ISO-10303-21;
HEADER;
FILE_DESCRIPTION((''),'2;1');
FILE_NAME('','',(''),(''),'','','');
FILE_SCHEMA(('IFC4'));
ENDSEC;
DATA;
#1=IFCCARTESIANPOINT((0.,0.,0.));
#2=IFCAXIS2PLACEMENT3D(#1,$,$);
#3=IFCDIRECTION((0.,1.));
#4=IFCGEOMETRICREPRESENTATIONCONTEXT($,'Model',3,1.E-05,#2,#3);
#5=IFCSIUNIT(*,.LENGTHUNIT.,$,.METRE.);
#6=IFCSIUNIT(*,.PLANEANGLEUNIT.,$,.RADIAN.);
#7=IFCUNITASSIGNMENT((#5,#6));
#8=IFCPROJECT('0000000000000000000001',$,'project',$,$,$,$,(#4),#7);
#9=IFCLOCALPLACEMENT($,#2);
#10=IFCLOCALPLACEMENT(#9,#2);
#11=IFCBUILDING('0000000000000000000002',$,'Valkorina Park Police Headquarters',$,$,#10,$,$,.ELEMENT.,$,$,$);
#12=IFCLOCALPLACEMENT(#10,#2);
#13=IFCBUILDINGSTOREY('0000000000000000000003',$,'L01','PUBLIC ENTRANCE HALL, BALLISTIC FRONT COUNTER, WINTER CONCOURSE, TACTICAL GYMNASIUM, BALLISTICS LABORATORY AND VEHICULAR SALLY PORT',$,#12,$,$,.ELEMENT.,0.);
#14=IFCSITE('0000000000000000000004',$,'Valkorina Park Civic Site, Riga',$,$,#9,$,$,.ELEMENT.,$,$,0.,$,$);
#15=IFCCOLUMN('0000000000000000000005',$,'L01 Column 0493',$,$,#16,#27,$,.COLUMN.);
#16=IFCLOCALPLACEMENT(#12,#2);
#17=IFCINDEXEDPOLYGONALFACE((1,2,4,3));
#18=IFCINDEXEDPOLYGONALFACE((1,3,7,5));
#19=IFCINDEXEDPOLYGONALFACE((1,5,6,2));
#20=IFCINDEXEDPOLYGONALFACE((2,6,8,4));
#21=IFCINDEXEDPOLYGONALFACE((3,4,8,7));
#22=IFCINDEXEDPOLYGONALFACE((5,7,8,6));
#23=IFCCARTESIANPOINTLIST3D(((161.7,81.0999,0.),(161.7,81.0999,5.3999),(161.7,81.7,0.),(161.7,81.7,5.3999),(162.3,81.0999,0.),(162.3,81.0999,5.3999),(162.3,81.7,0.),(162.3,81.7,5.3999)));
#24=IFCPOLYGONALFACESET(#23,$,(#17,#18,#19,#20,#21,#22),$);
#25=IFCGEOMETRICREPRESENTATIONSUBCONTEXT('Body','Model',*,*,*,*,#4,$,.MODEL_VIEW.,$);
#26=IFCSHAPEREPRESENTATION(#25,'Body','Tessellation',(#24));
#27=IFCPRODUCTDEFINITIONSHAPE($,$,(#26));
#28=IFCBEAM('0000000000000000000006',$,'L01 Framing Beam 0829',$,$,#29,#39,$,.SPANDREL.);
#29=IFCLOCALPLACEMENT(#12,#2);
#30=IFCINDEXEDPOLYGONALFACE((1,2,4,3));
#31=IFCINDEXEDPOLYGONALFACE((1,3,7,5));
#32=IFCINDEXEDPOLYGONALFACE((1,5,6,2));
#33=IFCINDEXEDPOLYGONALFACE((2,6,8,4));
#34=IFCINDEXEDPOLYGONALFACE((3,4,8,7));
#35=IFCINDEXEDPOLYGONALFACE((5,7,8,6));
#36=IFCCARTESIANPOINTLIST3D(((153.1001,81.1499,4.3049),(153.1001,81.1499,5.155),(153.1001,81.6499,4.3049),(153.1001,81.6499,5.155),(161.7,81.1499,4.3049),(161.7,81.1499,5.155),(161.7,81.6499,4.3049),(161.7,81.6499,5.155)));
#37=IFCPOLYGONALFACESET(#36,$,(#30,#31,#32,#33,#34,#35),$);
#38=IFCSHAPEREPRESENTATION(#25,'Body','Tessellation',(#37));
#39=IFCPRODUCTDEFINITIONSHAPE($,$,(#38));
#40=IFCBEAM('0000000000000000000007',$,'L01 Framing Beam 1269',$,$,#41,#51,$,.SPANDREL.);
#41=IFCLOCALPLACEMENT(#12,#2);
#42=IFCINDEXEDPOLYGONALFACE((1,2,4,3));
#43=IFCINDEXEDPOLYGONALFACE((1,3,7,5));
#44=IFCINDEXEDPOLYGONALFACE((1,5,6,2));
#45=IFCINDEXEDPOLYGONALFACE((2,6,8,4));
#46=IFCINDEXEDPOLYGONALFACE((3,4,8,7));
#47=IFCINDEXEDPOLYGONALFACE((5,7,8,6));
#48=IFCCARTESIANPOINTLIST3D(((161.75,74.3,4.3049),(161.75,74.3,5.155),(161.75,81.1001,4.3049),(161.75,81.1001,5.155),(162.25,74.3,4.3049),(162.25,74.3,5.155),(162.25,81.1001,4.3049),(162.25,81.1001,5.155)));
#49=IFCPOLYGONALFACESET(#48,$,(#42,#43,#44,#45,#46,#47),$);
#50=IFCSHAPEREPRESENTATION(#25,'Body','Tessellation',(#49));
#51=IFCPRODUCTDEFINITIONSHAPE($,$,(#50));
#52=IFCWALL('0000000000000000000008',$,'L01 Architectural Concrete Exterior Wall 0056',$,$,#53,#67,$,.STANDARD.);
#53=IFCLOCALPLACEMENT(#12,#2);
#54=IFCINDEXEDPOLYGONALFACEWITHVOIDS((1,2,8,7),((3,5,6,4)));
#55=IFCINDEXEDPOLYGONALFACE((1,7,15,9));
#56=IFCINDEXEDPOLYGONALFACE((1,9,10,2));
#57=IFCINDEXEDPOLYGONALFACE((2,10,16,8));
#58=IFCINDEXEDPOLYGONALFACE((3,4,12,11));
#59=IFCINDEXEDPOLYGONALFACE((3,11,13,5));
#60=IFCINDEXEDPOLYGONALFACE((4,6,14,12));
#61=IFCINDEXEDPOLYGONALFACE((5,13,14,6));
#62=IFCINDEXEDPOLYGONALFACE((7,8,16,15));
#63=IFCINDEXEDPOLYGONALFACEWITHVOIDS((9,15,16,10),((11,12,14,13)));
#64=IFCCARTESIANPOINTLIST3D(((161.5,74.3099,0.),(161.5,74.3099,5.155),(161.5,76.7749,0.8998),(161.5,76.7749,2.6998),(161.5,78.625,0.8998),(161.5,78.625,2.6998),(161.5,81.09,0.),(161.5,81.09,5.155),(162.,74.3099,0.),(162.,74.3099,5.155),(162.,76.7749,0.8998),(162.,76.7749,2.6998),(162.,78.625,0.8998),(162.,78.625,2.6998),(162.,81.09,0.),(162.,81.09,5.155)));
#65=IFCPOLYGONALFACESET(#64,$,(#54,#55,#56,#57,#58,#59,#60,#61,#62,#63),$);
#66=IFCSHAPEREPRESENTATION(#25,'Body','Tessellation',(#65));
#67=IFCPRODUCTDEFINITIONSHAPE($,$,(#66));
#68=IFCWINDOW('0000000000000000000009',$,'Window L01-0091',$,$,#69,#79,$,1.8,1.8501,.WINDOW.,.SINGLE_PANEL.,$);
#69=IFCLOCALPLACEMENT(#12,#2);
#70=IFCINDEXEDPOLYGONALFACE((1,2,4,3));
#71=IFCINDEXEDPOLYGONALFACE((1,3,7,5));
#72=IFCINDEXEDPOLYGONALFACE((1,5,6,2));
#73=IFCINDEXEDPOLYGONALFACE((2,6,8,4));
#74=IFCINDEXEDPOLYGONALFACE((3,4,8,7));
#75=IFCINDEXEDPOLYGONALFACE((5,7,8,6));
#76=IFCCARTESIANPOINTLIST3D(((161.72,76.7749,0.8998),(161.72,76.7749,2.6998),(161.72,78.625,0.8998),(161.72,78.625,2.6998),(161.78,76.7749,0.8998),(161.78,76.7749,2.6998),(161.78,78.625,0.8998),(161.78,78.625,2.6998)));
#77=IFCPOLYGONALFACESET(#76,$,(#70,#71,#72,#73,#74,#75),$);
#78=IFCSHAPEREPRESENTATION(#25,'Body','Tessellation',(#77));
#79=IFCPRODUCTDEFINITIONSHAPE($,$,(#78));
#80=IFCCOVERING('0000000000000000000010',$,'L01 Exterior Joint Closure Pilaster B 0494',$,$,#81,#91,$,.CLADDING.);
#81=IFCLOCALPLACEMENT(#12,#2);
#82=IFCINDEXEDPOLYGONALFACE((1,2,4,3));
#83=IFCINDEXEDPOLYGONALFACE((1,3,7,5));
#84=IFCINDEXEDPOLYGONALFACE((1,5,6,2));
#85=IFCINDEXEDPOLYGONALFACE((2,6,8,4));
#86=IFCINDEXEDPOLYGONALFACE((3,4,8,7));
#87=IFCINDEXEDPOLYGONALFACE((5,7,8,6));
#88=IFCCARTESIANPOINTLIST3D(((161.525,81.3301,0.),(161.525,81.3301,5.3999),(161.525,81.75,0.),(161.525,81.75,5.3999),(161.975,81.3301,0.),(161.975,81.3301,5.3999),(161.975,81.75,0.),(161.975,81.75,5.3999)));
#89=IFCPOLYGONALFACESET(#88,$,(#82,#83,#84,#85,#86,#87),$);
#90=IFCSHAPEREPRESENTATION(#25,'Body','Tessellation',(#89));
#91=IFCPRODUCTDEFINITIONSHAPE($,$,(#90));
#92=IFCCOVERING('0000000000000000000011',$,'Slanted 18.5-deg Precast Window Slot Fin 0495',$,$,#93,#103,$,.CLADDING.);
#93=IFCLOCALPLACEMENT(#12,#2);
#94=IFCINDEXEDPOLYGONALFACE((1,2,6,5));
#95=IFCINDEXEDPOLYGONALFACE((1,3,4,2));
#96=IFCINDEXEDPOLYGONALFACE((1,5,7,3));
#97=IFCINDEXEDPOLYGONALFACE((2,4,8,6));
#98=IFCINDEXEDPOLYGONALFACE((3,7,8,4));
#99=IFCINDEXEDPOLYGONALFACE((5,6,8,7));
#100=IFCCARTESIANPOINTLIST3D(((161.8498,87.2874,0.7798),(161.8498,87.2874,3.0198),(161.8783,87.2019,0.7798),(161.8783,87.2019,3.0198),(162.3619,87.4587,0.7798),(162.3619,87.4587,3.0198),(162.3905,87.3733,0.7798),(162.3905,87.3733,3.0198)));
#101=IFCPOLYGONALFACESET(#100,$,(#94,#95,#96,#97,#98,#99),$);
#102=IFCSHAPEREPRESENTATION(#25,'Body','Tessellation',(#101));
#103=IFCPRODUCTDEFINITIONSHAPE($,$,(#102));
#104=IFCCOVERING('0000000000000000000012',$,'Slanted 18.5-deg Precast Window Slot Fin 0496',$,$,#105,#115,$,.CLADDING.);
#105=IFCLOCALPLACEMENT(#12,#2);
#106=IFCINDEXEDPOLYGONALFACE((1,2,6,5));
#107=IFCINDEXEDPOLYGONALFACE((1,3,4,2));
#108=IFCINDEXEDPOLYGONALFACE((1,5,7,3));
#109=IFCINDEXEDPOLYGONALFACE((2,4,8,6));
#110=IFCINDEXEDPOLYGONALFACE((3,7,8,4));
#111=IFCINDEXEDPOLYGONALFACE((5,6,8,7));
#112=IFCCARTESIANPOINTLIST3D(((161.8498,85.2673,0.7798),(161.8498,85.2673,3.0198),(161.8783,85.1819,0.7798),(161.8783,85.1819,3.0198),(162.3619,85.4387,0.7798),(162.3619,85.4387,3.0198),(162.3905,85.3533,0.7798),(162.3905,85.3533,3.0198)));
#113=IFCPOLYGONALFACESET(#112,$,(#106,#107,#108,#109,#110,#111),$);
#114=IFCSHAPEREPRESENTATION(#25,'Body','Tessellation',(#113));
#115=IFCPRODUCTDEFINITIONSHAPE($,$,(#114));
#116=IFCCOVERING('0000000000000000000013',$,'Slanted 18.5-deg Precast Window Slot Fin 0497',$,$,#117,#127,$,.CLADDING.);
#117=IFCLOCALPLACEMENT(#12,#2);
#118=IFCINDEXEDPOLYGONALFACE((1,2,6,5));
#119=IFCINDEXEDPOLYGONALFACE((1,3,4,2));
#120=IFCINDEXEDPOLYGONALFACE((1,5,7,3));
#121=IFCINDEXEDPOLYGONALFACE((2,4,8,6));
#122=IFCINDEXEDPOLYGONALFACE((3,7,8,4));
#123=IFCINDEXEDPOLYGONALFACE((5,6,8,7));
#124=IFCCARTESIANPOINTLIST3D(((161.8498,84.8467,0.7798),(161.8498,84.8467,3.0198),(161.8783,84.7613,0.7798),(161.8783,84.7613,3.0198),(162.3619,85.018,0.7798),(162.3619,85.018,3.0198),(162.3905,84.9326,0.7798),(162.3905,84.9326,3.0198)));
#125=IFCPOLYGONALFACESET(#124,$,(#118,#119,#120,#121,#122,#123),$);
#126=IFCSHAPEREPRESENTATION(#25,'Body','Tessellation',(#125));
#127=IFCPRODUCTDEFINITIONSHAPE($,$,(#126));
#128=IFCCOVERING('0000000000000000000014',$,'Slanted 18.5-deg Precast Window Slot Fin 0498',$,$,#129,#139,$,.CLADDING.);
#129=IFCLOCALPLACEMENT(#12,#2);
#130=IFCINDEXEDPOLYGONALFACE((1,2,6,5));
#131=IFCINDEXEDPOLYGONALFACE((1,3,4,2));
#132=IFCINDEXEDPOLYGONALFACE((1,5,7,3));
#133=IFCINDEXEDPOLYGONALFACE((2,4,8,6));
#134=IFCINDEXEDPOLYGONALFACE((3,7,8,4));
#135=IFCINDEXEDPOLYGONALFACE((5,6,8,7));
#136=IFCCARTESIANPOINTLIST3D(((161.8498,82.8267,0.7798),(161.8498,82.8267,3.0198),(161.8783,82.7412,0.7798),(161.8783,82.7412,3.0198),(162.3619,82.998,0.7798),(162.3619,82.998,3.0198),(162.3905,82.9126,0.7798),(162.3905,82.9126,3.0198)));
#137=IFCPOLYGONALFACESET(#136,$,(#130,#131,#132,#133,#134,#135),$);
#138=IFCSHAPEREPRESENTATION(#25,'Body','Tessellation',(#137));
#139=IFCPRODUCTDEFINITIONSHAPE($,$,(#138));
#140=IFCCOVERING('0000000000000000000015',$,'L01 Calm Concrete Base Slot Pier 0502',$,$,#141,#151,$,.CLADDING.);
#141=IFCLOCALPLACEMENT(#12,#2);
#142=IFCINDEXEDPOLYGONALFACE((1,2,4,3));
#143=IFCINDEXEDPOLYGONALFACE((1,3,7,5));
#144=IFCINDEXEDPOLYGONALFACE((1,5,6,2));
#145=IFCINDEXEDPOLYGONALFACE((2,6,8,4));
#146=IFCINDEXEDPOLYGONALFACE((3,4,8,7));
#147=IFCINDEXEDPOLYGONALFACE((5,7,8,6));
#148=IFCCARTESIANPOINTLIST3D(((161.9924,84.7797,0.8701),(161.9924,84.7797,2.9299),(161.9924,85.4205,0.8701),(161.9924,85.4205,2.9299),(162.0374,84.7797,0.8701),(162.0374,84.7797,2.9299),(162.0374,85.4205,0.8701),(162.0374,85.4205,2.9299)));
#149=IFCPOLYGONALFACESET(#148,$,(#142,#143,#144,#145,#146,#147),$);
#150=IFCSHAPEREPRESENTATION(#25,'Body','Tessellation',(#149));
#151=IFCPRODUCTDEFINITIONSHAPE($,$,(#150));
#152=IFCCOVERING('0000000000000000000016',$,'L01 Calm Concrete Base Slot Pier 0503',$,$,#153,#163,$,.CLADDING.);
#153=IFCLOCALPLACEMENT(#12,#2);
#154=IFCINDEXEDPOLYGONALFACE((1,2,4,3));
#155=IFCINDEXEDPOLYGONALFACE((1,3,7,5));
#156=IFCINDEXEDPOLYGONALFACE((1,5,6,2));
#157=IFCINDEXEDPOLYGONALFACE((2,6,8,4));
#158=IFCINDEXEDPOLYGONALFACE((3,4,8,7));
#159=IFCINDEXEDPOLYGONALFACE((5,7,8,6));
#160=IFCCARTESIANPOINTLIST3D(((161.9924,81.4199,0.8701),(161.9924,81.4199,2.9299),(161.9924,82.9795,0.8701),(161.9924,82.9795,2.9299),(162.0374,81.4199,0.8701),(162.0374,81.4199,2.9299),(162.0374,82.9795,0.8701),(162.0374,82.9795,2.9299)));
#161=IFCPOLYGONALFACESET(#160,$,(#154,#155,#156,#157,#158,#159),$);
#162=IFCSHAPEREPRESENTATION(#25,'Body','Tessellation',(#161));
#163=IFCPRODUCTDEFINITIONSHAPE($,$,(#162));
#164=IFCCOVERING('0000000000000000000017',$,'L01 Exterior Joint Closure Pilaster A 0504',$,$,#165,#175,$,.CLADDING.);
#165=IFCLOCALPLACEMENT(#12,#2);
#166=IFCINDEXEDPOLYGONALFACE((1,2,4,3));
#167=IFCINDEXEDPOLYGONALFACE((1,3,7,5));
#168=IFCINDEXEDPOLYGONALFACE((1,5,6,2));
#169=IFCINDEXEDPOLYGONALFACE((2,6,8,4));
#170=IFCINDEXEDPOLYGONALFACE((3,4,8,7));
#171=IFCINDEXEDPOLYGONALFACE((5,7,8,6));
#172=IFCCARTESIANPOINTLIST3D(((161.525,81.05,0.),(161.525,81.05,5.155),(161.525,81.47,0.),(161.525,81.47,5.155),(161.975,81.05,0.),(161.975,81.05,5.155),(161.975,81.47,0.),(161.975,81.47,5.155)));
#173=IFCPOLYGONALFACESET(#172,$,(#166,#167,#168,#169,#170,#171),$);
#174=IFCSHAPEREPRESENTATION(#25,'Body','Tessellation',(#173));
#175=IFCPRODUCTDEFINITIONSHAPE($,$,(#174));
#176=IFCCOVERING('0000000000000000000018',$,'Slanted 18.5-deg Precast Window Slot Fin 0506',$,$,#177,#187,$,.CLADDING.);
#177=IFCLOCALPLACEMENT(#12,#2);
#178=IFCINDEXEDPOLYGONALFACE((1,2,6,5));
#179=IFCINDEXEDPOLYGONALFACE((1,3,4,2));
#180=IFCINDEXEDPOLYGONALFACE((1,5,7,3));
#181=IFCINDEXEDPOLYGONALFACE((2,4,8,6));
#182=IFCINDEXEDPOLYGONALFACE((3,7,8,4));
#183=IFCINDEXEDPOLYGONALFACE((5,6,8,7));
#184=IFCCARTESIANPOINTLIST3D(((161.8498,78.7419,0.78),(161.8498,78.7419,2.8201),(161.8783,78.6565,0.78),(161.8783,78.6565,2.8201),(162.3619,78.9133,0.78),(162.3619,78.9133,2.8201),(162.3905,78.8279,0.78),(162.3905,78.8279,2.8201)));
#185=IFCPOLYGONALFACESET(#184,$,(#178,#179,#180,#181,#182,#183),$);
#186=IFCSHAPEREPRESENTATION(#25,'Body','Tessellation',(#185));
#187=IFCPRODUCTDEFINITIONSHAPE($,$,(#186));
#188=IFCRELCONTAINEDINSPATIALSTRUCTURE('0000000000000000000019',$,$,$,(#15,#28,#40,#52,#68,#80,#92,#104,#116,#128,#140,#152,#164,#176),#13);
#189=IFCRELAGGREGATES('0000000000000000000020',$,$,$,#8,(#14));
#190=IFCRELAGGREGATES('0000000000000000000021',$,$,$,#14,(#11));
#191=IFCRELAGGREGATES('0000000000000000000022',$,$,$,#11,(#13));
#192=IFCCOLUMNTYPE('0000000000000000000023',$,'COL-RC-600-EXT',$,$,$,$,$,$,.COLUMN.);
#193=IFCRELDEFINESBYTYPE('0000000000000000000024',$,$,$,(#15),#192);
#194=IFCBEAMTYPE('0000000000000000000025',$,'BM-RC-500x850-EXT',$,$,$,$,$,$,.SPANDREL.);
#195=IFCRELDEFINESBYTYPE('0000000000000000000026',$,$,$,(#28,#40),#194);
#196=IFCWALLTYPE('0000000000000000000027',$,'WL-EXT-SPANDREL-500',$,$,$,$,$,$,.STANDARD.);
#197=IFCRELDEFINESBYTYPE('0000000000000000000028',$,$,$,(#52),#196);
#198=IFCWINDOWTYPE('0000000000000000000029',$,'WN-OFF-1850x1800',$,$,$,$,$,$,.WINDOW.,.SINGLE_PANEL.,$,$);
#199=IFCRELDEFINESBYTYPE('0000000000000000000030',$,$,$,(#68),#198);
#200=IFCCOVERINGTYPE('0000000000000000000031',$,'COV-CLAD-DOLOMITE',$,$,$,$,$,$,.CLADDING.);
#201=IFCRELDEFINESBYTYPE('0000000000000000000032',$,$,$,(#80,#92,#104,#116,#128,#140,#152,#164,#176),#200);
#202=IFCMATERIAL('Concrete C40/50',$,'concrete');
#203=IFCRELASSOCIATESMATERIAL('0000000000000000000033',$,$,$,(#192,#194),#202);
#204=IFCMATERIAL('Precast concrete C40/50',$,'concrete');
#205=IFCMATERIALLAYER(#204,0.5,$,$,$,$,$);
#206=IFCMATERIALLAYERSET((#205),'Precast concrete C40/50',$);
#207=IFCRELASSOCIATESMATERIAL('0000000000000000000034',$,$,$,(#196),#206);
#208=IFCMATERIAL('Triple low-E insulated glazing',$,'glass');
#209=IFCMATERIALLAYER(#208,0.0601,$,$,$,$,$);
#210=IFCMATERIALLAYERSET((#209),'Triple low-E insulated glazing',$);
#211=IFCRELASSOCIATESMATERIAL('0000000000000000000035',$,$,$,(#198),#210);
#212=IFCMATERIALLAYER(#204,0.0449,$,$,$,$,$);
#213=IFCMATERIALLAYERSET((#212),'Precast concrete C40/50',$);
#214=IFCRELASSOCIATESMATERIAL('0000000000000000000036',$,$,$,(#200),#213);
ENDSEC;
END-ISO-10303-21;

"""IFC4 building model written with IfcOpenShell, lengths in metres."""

from ifc_helpers import new_model, si_unit, direction, frame, frame_2d, origin, origin_2d, place, context, subcontext, project, spatial, rectangle, extrude, material, layer, layer_set, material_profile, profile_set, type_object, element, fill, save


model = new_model("IFC4")

# Units and contexts
model_context = context("Model", 3, precision=1e-05, world=origin(), true_north=direction((0.0, 1.0)))
body_context = subcontext(model_context, "Body", "Model", "MODEL_VIEW")
ifc_project = project(units=[si_unit("LENGTHUNIT", "METRE"), si_unit("PLANEANGLEUNIT", "RADIAN")], contexts=[model_context])

# Site, building, storey
site_placement = place(None, origin())
site = spatial("IfcSite", under=ifc_project, at=site_placement, Name="Valkorina Park Civic Site, Riga", CompositionType="ELEMENT", RefElevation=0.0)
building_placement = place(site_placement, origin())
building = spatial("IfcBuilding", under=site, at=building_placement, Name="Valkorina Park Police Headquarters", CompositionType="ELEMENT")
storey_placement = place(building_placement, origin())
storey = spatial("IfcBuildingStorey", under=building, at=storey_placement, Name="L01", Description="PUBLIC ENTRANCE HALL, BALLISTIC FRONT COUNTER, WINTER CONCOURSE, TACTICAL GYMNASIUM, BALLISTICS LABORATORY AND VEHICULAR SALLY PORT", CompositionType="ELEMENT", Elevation=0.0)

# Column
ifc_material_1 = material(Name="Concrete C40/50", Category="concrete")
ifc_material_profile_1 = material_profile(ifc_material_1, rectangle(XDim=0.6001, YDim=0.6001, at=origin_2d()), Name="RC COL 600x600")
ifc_profile_set_1 = profile_set([ifc_material_profile_1], Name="Concrete C40/50")
column_type = type_object("IfcColumnType", Name="COL-RC-600-EXT", PredefinedType="COLUMN", material=ifc_profile_set_1)
column_placement = place(storey_placement, frame((162.0, 81.3999, 0.0), z_axis=(0.0, 0.0, 1.0), x_axis=(1.0, 0.0, 0.0)))
element("IfcColumn", 1, at=column_placement, inside=storey, type_object=column_type, Name="L01 Column 0493", PredefinedType="COLUMN", context=body_context, shape_type="SweptSolid", body=[
    extrude(rectangle(XDim=0.6001, YDim=0.6001, at=origin_2d()), origin(), (0.0, 0.0, 1.0), 5.3999),
])

# Beams
ifc_material_profile_2 = material_profile(ifc_material_1, rectangle(XDim=0.5, YDim=0.8501, at=origin_2d()), Name="RC BEAM 500x850")
ifc_profile_set_2 = profile_set([ifc_material_profile_2], Name="Concrete C40/50")
beam_type = type_object("IfcBeamType", Name="BM-RC-500x850-EXT", PredefinedType="SPANDREL", material=ifc_profile_set_2)
beam_1_placement = place(storey_placement, frame((153.1001, 81.3999, 4.73), z_axis=(1.0, 0.0, 0.0), x_axis=(0.0, 1.0, 0.0)))
element("IfcBeam", 2, at=beam_1_placement, inside=storey, type_object=beam_type, Name="L01 Framing Beam 0829", PredefinedType="SPANDREL", context=body_context, shape_type="SweptSolid", body=[
    extrude(rectangle(XDim=0.5, YDim=0.8501, at=origin_2d()), origin(), (0.0, 0.0, 1.0), 8.5999),
])
beam_2_placement = place(storey_placement, frame((162.0, 74.3, 4.73), z_axis=(0.0, 1.0, 0.0), x_axis=(-1.0, 0.0, 0.0)))
element("IfcBeam", 3, at=beam_2_placement, inside=storey, type_object=beam_type, Name="L01 Framing Beam 1269", PredefinedType="SPANDREL", context=body_context, shape_type="SweptSolid", body=[
    extrude(rectangle(XDim=0.5, YDim=0.8501, at=origin_2d()), origin(), (0.0, 0.0, 1.0), 6.8),
])

# Wall, opening, window
ifc_material_2 = material(Name="Precast concrete C40/50", Category="concrete")
ifc_layer_1 = layer(ifc_material_2, 0.5)
ifc_layer_set_1 = layer_set([ifc_layer_1], Name="Precast concrete C40/50")
wall_type = type_object("IfcWallType", Name="WL-EXT-SPANDREL-500", PredefinedType="STANDARD", material=ifc_layer_set_1)
wall_placement = place(storey_placement, frame((161.75, 81.0901, 0.0), z_axis=(0.0, 0.0, 1.0), x_axis=(0.0, -1.0, 0.0)))
wall = element("IfcWall", 4, at=wall_placement, inside=storey, type_object=wall_type, Name="L01 Architectural Concrete Exterior Wall 0056", PredefinedType="STANDARD", context=body_context, shape_type="SweptSolid", body=[
    extrude(rectangle(XDim=6.78, YDim=0.5, at=frame_2d((3.3901, 0.0))), origin(), (0.0, 0.0, 1.0), 5.155),
])
opening_placement = place(wall_placement, frame((2.4651, 0.0, 0.8999)))
opening = element("IfcOpeningElement", 5, at=opening_placement, cuts=wall, PredefinedType="OPENING", context=body_context, shape_type="SweptSolid", body=[
    extrude(rectangle(XDim=1.8501, YDim=1.8, at=frame_2d((0.925, 0.8999))), frame((0.0, 0.26, 0.0), z_axis=(0.0, -1.0, 0.0), x_axis=(1.0, 0.0, 0.0)), (0.0, 0.0, 1.0), 0.52),
])
ifc_material_3 = material(Name="Triple low-E insulated glazing", Category="glass")
ifc_layer_2 = layer(ifc_material_3, 0.0601)
ifc_layer_set_2 = layer_set([ifc_layer_2], Name="Triple low-E insulated glazing")
window_type = type_object("IfcWindowType", Name="WN-OFF-1850x1800", PartitioningType="SINGLE_PANEL", PredefinedType="WINDOW", material=ifc_layer_set_2)
window_placement = place(opening_placement, origin())
window = element("IfcWindow", 6, at=window_placement, inside=storey, type_object=window_type, Name="Window L01-0091", OverallHeight=1.8, OverallWidth=1.8501, PartitioningType="SINGLE_PANEL", PredefinedType="WINDOW", context=body_context, shape_type="SweptSolid", body=[
    extrude(rectangle(XDim=1.8501, YDim=1.8, at=frame_2d((0.925, 0.8999))), frame((0.0, 0.03, 0.0), z_axis=(0.0, -1.0, 0.0), x_axis=(1.0, 0.0, 0.0)), (0.0, 0.0, 1.0), 0.0601),
])
fill(opening, window)

# Coverings
ifc_layer_3 = layer(ifc_material_2, 0.0449)
ifc_layer_set_3 = layer_set([ifc_layer_3], Name="Precast concrete C40/50")
covering_type = type_object("IfcCoveringType", Name="COV-CLAD-DOLOMITE", PredefinedType="CLADDING", material=ifc_layer_set_3)
covering_1_placement = place(storey_placement, frame((161.75, 81.54, 0.0), z_axis=(0.0, 0.0, 1.0), x_axis=(0.0, 1.0, 0.0)))
element("IfcCovering", 7, at=covering_1_placement, inside=storey, type_object=covering_type, Name="L01 Exterior Joint Closure Pilaster B 0494", PredefinedType="CLADDING", context=body_context, shape_type="SweptSolid", body=[
    extrude(rectangle(XDim=0.4199, YDim=0.45, at=origin_2d()), origin(), (0.0, 0.0, 1.0), 5.3999),
])
for number, where, z_axis, x_axis, name in (
    (8, (162.1201, 87.3303, 0.7798), (0.0, 0.0, 1.0), (0.948324, 0.317305, 0.0), "Slanted 18.5-deg Precast Window Slot Fin 0495"),
    (9, (162.1201, 85.3103, 0.7798), (0.0, 0.0, 1.0), (0.948324, 0.317305, 0.0), "Slanted 18.5-deg Precast Window Slot Fin 0496"),
    (10, (162.1201, 84.8896, 0.7798), (0.0, 0.0, 1.0), (0.948324, 0.317305, 0.0), "Slanted 18.5-deg Precast Window Slot Fin 0497"),
    (11, (162.1201, 82.8696, 0.7798), (0.0, 0.0, 1.0), (0.948324, 0.317305, 0.0), "Slanted 18.5-deg Precast Window Slot Fin 0498"),
):
    element("IfcCovering", number, at=place(storey_placement, frame(where, z_axis=z_axis, x_axis=x_axis)), inside=storey, type_object=covering_type, Name=name, PredefinedType="CLADDING", context=body_context, shape_type="SweptSolid", body=[
        extrude(rectangle(XDim=0.54, YDim=0.0901, at=origin_2d()), origin(), (0.0, 0.0, 1.0), 2.24),
    ])
covering_2_placement = place(storey_placement, frame((162.0149, 85.4204, 0.8701), z_axis=(0.0, 0.0, 1.0), x_axis=(0.0, -1.0, 0.0)))
element("IfcCovering", 12, at=covering_2_placement, inside=storey, type_object=covering_type, Name="L01 Calm Concrete Base Slot Pier 0502", PredefinedType="CLADDING", context=body_context, shape_type="SweptSolid", body=[
    extrude(rectangle(XDim=0.6409, YDim=0.0449, at=frame_2d((0.3203, 0.0))), origin(), (0.0, 0.0, 1.0), 2.0598),
])
covering_3_placement = place(storey_placement, frame((162.0149, 82.9795, 0.8701), z_axis=(0.0, 0.0, 1.0), x_axis=(0.0, -1.0, 0.0)))
element("IfcCovering", 13, at=covering_3_placement, inside=storey, type_object=covering_type, Name="L01 Calm Concrete Base Slot Pier 0503", PredefinedType="CLADDING", context=body_context, shape_type="SweptSolid", body=[
    extrude(rectangle(XDim=1.5596, YDim=0.0449, at=frame_2d((0.7798, 0.0))), origin(), (0.0, 0.0, 1.0), 2.0598),
])
covering_4_placement = place(storey_placement, frame((161.75, 81.26, 0.0), z_axis=(0.0, 0.0, 1.0), x_axis=(0.0, 1.0, 0.0)))
element("IfcCovering", 14, at=covering_4_placement, inside=storey, type_object=covering_type, Name="L01 Exterior Joint Closure Pilaster A 0504", PredefinedType="CLADDING", context=body_context, shape_type="SweptSolid", body=[
    extrude(rectangle(XDim=0.4199, YDim=0.45, at=origin_2d()), origin(), (0.0, 0.0, 1.0), 5.155),
])
for number, where, z_axis, x_axis, name in (
    (15, (162.1201, 78.7849, 0.78), (0.0, 0.0, 1.0), (0.948324, 0.317305, 0.0), "Slanted 18.5-deg Precast Window Slot Fin 0506"),
):
    element("IfcCovering", number, at=place(storey_placement, frame(where, z_axis=z_axis, x_axis=x_axis)), inside=storey, type_object=covering_type, Name=name, PredefinedType="CLADDING", context=body_context, shape_type="SweptSolid", body=[
        extrude(rectangle(XDim=0.54, YDim=0.0901, at=origin_2d()), origin(), (0.0, 0.0, 1.0), 2.04),
    ])

save(model, "model.ifc")
